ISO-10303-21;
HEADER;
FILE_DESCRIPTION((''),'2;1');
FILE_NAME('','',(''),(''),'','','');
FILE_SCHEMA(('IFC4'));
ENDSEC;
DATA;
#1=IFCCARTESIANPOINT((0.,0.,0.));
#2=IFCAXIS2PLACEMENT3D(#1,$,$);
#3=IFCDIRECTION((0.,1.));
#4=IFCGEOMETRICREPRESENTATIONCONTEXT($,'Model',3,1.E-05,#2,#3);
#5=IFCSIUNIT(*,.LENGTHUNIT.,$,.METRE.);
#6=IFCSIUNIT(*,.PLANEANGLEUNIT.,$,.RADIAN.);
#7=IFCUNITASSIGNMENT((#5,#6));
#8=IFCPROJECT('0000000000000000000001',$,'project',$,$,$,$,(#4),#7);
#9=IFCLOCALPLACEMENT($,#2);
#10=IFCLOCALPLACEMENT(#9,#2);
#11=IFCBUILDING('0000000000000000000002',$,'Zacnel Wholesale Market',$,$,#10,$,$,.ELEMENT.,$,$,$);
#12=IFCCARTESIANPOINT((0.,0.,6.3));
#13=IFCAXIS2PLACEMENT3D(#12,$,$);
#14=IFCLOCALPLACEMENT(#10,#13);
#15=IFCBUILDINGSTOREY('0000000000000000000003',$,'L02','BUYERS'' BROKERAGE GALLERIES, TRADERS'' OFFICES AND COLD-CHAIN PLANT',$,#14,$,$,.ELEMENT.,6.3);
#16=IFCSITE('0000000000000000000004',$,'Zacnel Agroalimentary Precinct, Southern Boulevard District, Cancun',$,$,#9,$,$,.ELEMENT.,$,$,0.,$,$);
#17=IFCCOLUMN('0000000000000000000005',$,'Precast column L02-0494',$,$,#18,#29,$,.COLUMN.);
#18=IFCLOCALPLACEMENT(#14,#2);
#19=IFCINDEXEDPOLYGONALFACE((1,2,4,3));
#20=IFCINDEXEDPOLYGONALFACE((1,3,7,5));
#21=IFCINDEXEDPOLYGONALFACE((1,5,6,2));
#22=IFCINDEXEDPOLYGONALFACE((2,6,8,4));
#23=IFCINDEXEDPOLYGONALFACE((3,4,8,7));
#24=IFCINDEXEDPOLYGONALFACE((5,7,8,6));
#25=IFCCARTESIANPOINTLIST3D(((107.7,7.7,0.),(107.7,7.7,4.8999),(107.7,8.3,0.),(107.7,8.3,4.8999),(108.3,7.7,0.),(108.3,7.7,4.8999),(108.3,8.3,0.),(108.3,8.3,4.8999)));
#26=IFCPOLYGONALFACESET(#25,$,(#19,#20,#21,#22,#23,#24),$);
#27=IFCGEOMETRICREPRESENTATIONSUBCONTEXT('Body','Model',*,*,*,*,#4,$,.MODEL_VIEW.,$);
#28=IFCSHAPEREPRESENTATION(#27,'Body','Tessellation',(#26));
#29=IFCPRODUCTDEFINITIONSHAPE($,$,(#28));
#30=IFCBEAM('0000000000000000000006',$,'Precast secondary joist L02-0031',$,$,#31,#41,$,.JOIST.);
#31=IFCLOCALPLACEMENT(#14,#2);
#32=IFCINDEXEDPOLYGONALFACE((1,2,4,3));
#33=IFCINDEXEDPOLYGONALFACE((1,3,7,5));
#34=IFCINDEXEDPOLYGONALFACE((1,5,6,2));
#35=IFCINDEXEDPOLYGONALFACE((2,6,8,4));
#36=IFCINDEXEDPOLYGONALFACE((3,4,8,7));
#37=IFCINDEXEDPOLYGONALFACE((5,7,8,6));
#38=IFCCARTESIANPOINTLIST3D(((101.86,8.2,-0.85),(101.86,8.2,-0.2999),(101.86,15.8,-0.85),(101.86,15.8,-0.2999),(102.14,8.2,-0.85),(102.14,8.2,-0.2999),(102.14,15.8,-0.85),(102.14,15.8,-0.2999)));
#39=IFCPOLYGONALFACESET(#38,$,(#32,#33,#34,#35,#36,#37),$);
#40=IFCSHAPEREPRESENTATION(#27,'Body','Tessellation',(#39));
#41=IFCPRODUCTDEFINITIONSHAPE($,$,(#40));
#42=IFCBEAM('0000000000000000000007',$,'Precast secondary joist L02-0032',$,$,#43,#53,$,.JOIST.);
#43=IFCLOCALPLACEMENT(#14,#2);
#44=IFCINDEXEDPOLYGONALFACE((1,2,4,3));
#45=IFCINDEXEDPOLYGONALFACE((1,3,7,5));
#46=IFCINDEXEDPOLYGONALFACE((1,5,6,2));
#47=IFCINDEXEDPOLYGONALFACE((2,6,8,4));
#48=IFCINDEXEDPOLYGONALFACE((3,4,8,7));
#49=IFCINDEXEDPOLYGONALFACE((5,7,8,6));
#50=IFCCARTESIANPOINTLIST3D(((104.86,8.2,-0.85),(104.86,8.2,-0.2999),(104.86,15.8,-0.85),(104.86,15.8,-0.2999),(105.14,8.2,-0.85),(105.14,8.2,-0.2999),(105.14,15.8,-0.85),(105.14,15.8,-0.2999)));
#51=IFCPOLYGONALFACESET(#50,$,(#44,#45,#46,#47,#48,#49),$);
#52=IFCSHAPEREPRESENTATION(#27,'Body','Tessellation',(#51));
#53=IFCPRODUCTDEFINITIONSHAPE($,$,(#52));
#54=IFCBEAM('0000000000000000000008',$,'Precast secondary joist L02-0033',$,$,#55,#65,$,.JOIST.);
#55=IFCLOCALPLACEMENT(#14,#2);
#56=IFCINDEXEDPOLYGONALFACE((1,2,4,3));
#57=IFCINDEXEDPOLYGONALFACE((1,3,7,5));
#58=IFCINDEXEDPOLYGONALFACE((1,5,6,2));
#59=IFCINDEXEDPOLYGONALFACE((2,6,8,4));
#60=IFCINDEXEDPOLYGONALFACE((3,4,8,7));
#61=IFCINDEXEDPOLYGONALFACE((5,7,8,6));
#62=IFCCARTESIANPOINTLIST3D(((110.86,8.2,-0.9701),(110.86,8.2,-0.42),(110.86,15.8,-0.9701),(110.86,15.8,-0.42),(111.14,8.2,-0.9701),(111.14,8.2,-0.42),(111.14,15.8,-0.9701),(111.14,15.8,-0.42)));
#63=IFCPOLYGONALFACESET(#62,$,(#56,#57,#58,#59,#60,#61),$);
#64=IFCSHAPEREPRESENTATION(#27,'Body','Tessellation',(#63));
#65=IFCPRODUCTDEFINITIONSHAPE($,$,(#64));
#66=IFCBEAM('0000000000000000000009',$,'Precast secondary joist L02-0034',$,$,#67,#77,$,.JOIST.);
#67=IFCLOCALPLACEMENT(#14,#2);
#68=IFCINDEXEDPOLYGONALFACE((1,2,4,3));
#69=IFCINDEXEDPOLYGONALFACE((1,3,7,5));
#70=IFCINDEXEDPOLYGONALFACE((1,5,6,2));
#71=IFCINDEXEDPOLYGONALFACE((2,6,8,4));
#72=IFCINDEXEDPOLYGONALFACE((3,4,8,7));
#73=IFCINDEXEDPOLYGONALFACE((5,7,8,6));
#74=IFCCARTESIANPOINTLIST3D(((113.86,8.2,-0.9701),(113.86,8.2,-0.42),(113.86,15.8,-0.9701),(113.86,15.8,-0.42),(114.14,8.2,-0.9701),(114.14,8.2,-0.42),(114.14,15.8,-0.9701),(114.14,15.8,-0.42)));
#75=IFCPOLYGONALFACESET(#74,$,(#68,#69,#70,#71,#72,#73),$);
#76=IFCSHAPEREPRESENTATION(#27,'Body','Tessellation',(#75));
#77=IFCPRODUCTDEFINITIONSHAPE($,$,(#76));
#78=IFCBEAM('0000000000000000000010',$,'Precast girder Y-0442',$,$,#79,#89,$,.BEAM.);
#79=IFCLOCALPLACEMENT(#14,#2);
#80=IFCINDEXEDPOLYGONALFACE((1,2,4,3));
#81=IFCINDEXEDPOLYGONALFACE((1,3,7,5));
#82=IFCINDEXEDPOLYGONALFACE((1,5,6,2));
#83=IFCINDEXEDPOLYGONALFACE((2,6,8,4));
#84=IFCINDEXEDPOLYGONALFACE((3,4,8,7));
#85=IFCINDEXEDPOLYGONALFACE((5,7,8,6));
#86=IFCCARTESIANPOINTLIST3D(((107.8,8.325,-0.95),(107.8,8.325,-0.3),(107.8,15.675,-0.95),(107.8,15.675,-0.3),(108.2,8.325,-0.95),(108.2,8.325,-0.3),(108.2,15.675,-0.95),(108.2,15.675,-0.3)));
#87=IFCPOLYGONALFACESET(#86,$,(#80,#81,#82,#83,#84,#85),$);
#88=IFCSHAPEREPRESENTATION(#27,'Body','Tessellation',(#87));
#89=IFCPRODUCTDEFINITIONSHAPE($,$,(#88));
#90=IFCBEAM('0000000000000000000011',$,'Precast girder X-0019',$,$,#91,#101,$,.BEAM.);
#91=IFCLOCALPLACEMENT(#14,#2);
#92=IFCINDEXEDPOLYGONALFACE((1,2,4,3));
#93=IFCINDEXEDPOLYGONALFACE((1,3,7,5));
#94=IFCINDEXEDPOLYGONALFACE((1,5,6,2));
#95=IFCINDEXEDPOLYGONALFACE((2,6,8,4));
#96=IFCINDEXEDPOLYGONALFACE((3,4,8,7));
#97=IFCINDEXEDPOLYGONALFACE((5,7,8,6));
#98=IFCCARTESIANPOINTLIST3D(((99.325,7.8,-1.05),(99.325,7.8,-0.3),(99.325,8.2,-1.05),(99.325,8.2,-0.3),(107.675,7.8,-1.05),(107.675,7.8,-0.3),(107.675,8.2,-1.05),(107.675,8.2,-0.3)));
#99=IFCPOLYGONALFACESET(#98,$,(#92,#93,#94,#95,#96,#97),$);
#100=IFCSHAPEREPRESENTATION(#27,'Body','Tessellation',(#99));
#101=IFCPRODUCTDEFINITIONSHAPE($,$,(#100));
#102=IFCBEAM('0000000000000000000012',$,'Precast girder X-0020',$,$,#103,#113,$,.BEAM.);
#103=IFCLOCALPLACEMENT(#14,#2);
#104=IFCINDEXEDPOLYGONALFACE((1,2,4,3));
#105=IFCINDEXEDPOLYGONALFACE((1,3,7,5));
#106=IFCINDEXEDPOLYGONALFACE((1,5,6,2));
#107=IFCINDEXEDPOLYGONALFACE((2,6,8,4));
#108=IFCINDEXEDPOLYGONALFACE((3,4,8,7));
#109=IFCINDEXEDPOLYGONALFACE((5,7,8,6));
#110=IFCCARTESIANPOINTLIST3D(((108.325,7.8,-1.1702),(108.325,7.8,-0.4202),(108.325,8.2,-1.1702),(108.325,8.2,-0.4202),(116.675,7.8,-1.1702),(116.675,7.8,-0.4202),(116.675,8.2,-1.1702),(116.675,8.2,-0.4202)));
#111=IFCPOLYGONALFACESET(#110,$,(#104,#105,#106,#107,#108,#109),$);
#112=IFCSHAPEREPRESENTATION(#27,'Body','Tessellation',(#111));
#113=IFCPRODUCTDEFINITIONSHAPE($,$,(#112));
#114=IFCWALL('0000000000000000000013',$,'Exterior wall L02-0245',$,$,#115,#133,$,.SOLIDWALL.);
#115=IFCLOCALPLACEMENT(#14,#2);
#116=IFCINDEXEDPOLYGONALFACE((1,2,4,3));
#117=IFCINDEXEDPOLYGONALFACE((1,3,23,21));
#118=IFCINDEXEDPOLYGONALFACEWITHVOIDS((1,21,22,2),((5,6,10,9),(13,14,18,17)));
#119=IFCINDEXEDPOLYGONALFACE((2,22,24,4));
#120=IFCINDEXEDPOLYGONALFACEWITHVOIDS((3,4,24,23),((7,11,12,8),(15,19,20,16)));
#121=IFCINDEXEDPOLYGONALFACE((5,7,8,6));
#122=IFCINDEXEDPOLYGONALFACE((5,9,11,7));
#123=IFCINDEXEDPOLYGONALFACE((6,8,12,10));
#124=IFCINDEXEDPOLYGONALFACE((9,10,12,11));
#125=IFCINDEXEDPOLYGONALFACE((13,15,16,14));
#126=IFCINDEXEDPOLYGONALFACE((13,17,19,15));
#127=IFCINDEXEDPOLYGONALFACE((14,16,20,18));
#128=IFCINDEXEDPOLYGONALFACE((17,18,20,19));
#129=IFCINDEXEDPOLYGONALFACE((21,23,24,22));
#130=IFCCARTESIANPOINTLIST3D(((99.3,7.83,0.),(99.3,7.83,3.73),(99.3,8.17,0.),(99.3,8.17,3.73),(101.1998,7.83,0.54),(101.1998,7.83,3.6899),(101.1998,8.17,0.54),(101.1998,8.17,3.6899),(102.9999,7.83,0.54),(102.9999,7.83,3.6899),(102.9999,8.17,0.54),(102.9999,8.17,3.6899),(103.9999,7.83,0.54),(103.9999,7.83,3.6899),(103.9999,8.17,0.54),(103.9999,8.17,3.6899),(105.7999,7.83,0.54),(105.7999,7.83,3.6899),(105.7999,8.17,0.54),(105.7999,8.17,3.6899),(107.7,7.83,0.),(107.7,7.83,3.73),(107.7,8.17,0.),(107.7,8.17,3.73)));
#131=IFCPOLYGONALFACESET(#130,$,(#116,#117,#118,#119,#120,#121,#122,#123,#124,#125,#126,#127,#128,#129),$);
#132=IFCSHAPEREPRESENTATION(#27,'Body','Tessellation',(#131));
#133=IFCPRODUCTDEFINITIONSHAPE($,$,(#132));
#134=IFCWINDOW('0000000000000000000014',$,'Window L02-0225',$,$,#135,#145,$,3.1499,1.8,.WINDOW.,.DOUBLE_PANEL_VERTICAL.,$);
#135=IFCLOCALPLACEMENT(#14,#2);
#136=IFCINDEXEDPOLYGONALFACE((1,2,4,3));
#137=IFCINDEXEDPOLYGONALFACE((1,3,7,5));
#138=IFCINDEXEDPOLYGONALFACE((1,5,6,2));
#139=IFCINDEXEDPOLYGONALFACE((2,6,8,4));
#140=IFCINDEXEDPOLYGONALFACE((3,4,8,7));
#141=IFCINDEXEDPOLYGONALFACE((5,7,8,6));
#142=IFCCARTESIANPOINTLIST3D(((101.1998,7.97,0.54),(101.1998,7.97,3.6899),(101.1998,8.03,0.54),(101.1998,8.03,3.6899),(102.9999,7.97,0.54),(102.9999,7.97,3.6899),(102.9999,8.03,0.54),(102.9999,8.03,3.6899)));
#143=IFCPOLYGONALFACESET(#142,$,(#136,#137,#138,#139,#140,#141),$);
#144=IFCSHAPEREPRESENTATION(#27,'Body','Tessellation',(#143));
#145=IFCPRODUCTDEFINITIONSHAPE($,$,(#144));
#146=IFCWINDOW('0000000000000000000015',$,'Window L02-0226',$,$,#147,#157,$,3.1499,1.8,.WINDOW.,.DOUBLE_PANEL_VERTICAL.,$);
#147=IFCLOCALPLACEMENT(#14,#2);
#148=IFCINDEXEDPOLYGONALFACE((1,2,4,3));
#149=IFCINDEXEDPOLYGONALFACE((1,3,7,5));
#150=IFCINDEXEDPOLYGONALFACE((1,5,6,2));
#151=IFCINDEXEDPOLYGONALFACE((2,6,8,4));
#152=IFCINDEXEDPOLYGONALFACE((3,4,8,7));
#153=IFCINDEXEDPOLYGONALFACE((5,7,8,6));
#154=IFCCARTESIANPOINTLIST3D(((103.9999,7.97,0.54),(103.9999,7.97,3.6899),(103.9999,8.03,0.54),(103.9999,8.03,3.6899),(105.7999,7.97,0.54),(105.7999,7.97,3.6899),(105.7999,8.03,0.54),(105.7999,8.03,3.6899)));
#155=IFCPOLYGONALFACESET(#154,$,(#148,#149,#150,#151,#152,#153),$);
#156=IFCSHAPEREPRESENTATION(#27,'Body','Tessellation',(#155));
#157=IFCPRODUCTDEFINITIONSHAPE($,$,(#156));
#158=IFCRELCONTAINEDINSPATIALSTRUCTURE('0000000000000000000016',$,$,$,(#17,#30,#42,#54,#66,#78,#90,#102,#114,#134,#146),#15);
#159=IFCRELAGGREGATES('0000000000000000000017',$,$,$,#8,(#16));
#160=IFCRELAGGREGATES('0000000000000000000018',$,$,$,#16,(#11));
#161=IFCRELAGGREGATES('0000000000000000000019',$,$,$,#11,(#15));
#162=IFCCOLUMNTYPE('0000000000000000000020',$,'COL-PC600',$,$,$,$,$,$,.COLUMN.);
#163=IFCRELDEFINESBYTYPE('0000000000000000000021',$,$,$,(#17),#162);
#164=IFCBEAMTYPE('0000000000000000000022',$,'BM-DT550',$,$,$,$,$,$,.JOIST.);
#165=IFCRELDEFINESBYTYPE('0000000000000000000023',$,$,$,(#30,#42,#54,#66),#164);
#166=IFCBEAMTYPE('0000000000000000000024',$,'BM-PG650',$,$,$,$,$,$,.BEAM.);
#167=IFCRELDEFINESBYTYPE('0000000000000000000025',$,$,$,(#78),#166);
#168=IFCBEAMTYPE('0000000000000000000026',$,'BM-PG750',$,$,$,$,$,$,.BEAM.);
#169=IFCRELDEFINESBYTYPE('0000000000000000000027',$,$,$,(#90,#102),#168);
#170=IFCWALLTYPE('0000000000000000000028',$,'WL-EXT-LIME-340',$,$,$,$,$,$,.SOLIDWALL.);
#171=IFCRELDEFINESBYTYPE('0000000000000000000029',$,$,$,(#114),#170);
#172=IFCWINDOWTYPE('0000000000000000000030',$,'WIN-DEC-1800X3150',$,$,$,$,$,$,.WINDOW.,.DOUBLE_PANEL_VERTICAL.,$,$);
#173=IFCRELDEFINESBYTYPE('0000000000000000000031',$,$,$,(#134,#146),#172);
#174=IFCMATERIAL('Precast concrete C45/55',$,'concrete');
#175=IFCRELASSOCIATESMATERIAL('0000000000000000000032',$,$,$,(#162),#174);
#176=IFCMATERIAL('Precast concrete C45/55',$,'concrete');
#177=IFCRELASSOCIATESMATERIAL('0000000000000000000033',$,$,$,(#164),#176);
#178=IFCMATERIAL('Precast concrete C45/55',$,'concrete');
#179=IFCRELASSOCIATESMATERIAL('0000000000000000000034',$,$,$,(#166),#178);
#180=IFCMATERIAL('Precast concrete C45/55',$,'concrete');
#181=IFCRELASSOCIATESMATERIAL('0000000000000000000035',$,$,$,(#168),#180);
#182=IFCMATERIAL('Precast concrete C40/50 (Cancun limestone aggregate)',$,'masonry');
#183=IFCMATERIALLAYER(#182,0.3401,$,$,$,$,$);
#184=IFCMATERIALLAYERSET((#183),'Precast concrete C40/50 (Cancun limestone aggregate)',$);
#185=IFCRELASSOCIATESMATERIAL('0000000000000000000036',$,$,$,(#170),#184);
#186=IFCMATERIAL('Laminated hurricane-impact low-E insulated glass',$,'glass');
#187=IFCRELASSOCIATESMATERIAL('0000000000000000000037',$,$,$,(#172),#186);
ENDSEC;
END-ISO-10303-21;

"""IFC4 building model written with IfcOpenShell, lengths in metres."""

from ifc_helpers import new_model, si_unit, direction, frame, frame_2d, origin, origin_2d, place, context, subcontext, project, spatial, rectangle, extrude, material, layer, layer_set, material_profile, profile_set, type_object, element, fill, save


model = new_model("IFC4")

# Units and contexts
model_context = context("Model", 3, precision=1e-05, world=origin(), true_north=direction((0.0, 1.0)))
body_context = subcontext(model_context, "Body", "Model", "MODEL_VIEW")
ifc_project = project(units=[si_unit("LENGTHUNIT", "METRE"), si_unit("PLANEANGLEUNIT", "RADIAN")], contexts=[model_context])

# Site, building, storey
site_placement = place(None, origin())
site = spatial("IfcSite", under=ifc_project, at=site_placement, Name="Zacnel Agroalimentary Precinct, Southern Boulevard District, Cancun", CompositionType="ELEMENT", RefElevation=0.0)
building_placement = place(site_placement, origin())
building = spatial("IfcBuilding", under=site, at=building_placement, Name="Zacnel Wholesale Market", CompositionType="ELEMENT")
storey_placement = place(building_placement, frame((0.0, 0.0, 6.3)))
storey = spatial("IfcBuildingStorey", under=building, at=storey_placement, Name="L02", Description="BUYERS' BROKERAGE GALLERIES, TRADERS' OFFICES AND COLD-CHAIN PLANT", CompositionType="ELEMENT", Elevation=6.3)

# Column
ifc_material_1 = material(Name="Precast concrete C45/55", Category="concrete")
ifc_material_profile_1 = material_profile(ifc_material_1, rectangle(XDim=0.6001, YDim=0.6001, at=origin_2d()), Name="PC 600x600")
ifc_profile_set_1 = profile_set([ifc_material_profile_1], Name="Precast concrete C45/55")
column_type = type_object("IfcColumnType", Name="COL-PC600", PredefinedType="COLUMN", material=ifc_profile_set_1)
column_placement = place(storey_placement, frame((108.0, 8.0, 0.0), z_axis=(0.0, 0.0, 1.0), x_axis=(1.0, 0.0, 0.0)))
element("IfcColumn", 1, at=column_placement, inside=storey, type_object=column_type, Name="Precast column L02-0494", PredefinedType="COLUMN", context=body_context, shape_type="SweptSolid", body=[
    extrude(rectangle(XDim=0.6001, YDim=0.6001, at=origin_2d()), origin(), (0.0, 0.0, 1.0), 4.8999),
])

# Beams
ifc_material_2 = material(Name="Precast concrete C45/55", Category="concrete")
ifc_material_profile_2 = material_profile(ifc_material_2, rectangle(XDim=0.28, YDim=0.55, at=origin_2d()), Name="DT RIB 280x550")
ifc_profile_set_2 = profile_set([ifc_material_profile_2], Name="Precast concrete C45/55")
beam_type_1 = type_object("IfcBeamType", Name="BM-DT550", PredefinedType="JOIST", material=ifc_profile_set_2)
for number, where, z_axis, x_axis, name in (
    (2, (102.0, 8.2, -0.575), (0.0, 1.0, 0.0), (-1.0, 0.0, 0.0), "Precast secondary joist L02-0031"),
    (3, (105.0, 8.2, -0.575), (0.0, 1.0, 0.0), (-1.0, 0.0, 0.0), "Precast secondary joist L02-0032"),
    (4, (111.0, 8.2, -0.6951), (0.0, 1.0, 0.0), (-1.0, 0.0, 0.0), "Precast secondary joist L02-0033"),
    (5, (114.0, 8.2, -0.6951), (0.0, 1.0, 0.0), (-1.0, 0.0, 0.0), "Precast secondary joist L02-0034"),
):
    element("IfcBeam", number, at=place(storey_placement, frame(where, z_axis=z_axis, x_axis=x_axis)), inside=storey, type_object=beam_type_1, Name=name, PredefinedType="JOIST", context=body_context, shape_type="SweptSolid", body=[
        extrude(rectangle(XDim=0.28, YDim=0.55, at=origin_2d()), origin(), (0.0, 0.0, 1.0), 7.6001),
    ])
ifc_material_3 = material(Name="Precast concrete C45/55", Category="concrete")
ifc_material_profile_3 = material_profile(ifc_material_3, rectangle(XDim=0.3999, YDim=0.6499, at=origin_2d()), Name="PG 400x650")
ifc_profile_set_3 = profile_set([ifc_material_profile_3], Name="Precast concrete C45/55")
beam_type_2 = type_object("IfcBeamType", Name="BM-PG650", PredefinedType="BEAM", material=ifc_profile_set_3)
beam_placement = place(storey_placement, frame((108.0, 8.325, -0.625), z_axis=(0.0, 1.0, 0.0), x_axis=(-1.0, 0.0, 0.0)))
element("IfcBeam", 6, at=beam_placement, inside=storey, type_object=beam_type_2, Name="Precast girder Y-0442", PredefinedType="BEAM", context=body_context, shape_type="SweptSolid", body=[
    extrude(rectangle(XDim=0.3999, YDim=0.6499, at=origin_2d()), origin(), (0.0, 0.0, 1.0), 7.3501),
])
ifc_material_4 = material(Name="Precast concrete C45/55", Category="concrete")
ifc_material_profile_4 = material_profile(ifc_material_4, rectangle(XDim=0.3999, YDim=0.75, at=origin_2d()), Name="PG 400x750")
ifc_profile_set_4 = profile_set([ifc_material_profile_4], Name="Precast concrete C45/55")
beam_type_3 = type_object("IfcBeamType", Name="BM-PG750", PredefinedType="BEAM", material=ifc_profile_set_4)
for number, where, z_axis, x_axis, name in (
    (7, (99.325, 8.0, -0.675), (1.0, 0.0, 0.0), (0.0, 1.0, 0.0), "Precast girder X-0019"),
    (8, (108.325, 8.0, -0.7952), (1.0, 0.0, 0.0), (0.0, 1.0, 0.0), "Precast girder X-0020"),
):
    element("IfcBeam", number, at=place(storey_placement, frame(where, z_axis=z_axis, x_axis=x_axis)), inside=storey, type_object=beam_type_3, Name=name, PredefinedType="BEAM", context=body_context, shape_type="SweptSolid", body=[
        extrude(rectangle(XDim=0.3999, YDim=0.75, at=origin_2d()), origin(), (0.0, 0.0, 1.0), 8.3501),
    ])

# Wall, openings, windows
ifc_material_5 = material(Name="Precast concrete C40/50 (Cancun limestone aggregate)", Category="masonry")
ifc_layer_1 = layer(ifc_material_5, 0.3401)
ifc_layer_set_1 = layer_set([ifc_layer_1], Name="Precast concrete C40/50 (Cancun limestone aggregate)")
wall_type_1 = type_object("IfcWallType", Name="WL-EXT-LIME-340", PredefinedType="SOLIDWALL", material=ifc_layer_set_1)
wall_1_placement = place(storey_placement, frame((99.3, 8.0, 0.0), z_axis=(0.0, 0.0, 1.0), x_axis=(1.0, 0.0, 0.0)))
wall_1 = element("IfcWall", 9, at=wall_1_placement, inside=storey, type_object=wall_type_1, Name="Exterior wall L02-0245", PredefinedType="SOLIDWALL", context=body_context, shape_type="SweptSolid", body=[
    extrude(rectangle(XDim=8.3999, YDim=0.3401, at=frame_2d((4.2, 0.0))), origin(), (0.0, 0.0, 1.0), 3.73),
])
opening_1_placement = place(wall_1_placement, frame((1.8999, 0.0, 0.54)))
opening_1 = element("IfcOpeningElement", 10, at=opening_1_placement, cuts=wall_1, PredefinedType="OPENING", context=body_context, shape_type="SweptSolid", body=[
    extrude(rectangle(XDim=1.8, YDim=3.1499, at=frame_2d((0.8999, 1.575))), frame((0.0, 0.1799, 0.0), z_axis=(0.0, -1.0, 0.0), x_axis=(1.0, 0.0, 0.0)), (0.0, 0.0, 1.0), 0.3601),
])
opening_2_placement = place(wall_1_placement, frame((4.7, 0.0, 0.54)))
opening_2 = element("IfcOpeningElement", 11, at=opening_2_placement, cuts=wall_1, PredefinedType="OPENING", context=body_context, shape_type="SweptSolid", body=[
    extrude(rectangle(XDim=1.8, YDim=3.1499, at=frame_2d((0.8999, 1.575))), frame((0.0, 0.1799, 0.0), z_axis=(0.0, -1.0, 0.0), x_axis=(1.0, 0.0, 0.0)), (0.0, 0.0, 1.0), 0.3601),
])
ifc_material_6 = material(Name="Laminated hurricane-impact low-E insulated glass", Category="glass")
window_type = type_object("IfcWindowType", Name="WIN-DEC-1800X3150", PartitioningType="DOUBLE_PANEL_VERTICAL", PredefinedType="WINDOW", material=ifc_material_6)
window_1_placement = place(opening_1_placement, origin())
window_1 = element("IfcWindow", 12, at=window_1_placement, inside=storey, type_object=window_type, Name="Window L02-0225", OverallHeight=3.1499, OverallWidth=1.8, PartitioningType="DOUBLE_PANEL_VERTICAL", PredefinedType="WINDOW", context=body_context, shape_type="SweptSolid", body=[
    extrude(rectangle(XDim=1.8, YDim=3.1499, at=frame_2d((0.8999, 1.575))), frame((0.0, 0.03, 0.0), z_axis=(0.0, -1.0, 0.0), x_axis=(1.0, 0.0, 0.0)), (0.0, 0.0, 1.0), 0.0601),
])
fill(opening_1, window_1)
window_2_placement = place(opening_2_placement, origin())
window_2 = element("IfcWindow", 13, at=window_2_placement, inside=storey, type_object=window_type, Name="Window L02-0226", OverallHeight=3.1499, OverallWidth=1.8, PartitioningType="DOUBLE_PANEL_VERTICAL", PredefinedType="WINDOW", context=body_context, shape_type="SweptSolid", body=[
    extrude(rectangle(XDim=1.8, YDim=3.1499, at=frame_2d((0.8999, 1.575))), frame((0.0, 0.03, 0.0), z_axis=(0.0, -1.0, 0.0), x_axis=(1.0, 0.0, 0.0)), (0.0, 0.0, 1.0), 0.0601),
])
fill(opening_2, window_2)

save(model, "model.ifc")
